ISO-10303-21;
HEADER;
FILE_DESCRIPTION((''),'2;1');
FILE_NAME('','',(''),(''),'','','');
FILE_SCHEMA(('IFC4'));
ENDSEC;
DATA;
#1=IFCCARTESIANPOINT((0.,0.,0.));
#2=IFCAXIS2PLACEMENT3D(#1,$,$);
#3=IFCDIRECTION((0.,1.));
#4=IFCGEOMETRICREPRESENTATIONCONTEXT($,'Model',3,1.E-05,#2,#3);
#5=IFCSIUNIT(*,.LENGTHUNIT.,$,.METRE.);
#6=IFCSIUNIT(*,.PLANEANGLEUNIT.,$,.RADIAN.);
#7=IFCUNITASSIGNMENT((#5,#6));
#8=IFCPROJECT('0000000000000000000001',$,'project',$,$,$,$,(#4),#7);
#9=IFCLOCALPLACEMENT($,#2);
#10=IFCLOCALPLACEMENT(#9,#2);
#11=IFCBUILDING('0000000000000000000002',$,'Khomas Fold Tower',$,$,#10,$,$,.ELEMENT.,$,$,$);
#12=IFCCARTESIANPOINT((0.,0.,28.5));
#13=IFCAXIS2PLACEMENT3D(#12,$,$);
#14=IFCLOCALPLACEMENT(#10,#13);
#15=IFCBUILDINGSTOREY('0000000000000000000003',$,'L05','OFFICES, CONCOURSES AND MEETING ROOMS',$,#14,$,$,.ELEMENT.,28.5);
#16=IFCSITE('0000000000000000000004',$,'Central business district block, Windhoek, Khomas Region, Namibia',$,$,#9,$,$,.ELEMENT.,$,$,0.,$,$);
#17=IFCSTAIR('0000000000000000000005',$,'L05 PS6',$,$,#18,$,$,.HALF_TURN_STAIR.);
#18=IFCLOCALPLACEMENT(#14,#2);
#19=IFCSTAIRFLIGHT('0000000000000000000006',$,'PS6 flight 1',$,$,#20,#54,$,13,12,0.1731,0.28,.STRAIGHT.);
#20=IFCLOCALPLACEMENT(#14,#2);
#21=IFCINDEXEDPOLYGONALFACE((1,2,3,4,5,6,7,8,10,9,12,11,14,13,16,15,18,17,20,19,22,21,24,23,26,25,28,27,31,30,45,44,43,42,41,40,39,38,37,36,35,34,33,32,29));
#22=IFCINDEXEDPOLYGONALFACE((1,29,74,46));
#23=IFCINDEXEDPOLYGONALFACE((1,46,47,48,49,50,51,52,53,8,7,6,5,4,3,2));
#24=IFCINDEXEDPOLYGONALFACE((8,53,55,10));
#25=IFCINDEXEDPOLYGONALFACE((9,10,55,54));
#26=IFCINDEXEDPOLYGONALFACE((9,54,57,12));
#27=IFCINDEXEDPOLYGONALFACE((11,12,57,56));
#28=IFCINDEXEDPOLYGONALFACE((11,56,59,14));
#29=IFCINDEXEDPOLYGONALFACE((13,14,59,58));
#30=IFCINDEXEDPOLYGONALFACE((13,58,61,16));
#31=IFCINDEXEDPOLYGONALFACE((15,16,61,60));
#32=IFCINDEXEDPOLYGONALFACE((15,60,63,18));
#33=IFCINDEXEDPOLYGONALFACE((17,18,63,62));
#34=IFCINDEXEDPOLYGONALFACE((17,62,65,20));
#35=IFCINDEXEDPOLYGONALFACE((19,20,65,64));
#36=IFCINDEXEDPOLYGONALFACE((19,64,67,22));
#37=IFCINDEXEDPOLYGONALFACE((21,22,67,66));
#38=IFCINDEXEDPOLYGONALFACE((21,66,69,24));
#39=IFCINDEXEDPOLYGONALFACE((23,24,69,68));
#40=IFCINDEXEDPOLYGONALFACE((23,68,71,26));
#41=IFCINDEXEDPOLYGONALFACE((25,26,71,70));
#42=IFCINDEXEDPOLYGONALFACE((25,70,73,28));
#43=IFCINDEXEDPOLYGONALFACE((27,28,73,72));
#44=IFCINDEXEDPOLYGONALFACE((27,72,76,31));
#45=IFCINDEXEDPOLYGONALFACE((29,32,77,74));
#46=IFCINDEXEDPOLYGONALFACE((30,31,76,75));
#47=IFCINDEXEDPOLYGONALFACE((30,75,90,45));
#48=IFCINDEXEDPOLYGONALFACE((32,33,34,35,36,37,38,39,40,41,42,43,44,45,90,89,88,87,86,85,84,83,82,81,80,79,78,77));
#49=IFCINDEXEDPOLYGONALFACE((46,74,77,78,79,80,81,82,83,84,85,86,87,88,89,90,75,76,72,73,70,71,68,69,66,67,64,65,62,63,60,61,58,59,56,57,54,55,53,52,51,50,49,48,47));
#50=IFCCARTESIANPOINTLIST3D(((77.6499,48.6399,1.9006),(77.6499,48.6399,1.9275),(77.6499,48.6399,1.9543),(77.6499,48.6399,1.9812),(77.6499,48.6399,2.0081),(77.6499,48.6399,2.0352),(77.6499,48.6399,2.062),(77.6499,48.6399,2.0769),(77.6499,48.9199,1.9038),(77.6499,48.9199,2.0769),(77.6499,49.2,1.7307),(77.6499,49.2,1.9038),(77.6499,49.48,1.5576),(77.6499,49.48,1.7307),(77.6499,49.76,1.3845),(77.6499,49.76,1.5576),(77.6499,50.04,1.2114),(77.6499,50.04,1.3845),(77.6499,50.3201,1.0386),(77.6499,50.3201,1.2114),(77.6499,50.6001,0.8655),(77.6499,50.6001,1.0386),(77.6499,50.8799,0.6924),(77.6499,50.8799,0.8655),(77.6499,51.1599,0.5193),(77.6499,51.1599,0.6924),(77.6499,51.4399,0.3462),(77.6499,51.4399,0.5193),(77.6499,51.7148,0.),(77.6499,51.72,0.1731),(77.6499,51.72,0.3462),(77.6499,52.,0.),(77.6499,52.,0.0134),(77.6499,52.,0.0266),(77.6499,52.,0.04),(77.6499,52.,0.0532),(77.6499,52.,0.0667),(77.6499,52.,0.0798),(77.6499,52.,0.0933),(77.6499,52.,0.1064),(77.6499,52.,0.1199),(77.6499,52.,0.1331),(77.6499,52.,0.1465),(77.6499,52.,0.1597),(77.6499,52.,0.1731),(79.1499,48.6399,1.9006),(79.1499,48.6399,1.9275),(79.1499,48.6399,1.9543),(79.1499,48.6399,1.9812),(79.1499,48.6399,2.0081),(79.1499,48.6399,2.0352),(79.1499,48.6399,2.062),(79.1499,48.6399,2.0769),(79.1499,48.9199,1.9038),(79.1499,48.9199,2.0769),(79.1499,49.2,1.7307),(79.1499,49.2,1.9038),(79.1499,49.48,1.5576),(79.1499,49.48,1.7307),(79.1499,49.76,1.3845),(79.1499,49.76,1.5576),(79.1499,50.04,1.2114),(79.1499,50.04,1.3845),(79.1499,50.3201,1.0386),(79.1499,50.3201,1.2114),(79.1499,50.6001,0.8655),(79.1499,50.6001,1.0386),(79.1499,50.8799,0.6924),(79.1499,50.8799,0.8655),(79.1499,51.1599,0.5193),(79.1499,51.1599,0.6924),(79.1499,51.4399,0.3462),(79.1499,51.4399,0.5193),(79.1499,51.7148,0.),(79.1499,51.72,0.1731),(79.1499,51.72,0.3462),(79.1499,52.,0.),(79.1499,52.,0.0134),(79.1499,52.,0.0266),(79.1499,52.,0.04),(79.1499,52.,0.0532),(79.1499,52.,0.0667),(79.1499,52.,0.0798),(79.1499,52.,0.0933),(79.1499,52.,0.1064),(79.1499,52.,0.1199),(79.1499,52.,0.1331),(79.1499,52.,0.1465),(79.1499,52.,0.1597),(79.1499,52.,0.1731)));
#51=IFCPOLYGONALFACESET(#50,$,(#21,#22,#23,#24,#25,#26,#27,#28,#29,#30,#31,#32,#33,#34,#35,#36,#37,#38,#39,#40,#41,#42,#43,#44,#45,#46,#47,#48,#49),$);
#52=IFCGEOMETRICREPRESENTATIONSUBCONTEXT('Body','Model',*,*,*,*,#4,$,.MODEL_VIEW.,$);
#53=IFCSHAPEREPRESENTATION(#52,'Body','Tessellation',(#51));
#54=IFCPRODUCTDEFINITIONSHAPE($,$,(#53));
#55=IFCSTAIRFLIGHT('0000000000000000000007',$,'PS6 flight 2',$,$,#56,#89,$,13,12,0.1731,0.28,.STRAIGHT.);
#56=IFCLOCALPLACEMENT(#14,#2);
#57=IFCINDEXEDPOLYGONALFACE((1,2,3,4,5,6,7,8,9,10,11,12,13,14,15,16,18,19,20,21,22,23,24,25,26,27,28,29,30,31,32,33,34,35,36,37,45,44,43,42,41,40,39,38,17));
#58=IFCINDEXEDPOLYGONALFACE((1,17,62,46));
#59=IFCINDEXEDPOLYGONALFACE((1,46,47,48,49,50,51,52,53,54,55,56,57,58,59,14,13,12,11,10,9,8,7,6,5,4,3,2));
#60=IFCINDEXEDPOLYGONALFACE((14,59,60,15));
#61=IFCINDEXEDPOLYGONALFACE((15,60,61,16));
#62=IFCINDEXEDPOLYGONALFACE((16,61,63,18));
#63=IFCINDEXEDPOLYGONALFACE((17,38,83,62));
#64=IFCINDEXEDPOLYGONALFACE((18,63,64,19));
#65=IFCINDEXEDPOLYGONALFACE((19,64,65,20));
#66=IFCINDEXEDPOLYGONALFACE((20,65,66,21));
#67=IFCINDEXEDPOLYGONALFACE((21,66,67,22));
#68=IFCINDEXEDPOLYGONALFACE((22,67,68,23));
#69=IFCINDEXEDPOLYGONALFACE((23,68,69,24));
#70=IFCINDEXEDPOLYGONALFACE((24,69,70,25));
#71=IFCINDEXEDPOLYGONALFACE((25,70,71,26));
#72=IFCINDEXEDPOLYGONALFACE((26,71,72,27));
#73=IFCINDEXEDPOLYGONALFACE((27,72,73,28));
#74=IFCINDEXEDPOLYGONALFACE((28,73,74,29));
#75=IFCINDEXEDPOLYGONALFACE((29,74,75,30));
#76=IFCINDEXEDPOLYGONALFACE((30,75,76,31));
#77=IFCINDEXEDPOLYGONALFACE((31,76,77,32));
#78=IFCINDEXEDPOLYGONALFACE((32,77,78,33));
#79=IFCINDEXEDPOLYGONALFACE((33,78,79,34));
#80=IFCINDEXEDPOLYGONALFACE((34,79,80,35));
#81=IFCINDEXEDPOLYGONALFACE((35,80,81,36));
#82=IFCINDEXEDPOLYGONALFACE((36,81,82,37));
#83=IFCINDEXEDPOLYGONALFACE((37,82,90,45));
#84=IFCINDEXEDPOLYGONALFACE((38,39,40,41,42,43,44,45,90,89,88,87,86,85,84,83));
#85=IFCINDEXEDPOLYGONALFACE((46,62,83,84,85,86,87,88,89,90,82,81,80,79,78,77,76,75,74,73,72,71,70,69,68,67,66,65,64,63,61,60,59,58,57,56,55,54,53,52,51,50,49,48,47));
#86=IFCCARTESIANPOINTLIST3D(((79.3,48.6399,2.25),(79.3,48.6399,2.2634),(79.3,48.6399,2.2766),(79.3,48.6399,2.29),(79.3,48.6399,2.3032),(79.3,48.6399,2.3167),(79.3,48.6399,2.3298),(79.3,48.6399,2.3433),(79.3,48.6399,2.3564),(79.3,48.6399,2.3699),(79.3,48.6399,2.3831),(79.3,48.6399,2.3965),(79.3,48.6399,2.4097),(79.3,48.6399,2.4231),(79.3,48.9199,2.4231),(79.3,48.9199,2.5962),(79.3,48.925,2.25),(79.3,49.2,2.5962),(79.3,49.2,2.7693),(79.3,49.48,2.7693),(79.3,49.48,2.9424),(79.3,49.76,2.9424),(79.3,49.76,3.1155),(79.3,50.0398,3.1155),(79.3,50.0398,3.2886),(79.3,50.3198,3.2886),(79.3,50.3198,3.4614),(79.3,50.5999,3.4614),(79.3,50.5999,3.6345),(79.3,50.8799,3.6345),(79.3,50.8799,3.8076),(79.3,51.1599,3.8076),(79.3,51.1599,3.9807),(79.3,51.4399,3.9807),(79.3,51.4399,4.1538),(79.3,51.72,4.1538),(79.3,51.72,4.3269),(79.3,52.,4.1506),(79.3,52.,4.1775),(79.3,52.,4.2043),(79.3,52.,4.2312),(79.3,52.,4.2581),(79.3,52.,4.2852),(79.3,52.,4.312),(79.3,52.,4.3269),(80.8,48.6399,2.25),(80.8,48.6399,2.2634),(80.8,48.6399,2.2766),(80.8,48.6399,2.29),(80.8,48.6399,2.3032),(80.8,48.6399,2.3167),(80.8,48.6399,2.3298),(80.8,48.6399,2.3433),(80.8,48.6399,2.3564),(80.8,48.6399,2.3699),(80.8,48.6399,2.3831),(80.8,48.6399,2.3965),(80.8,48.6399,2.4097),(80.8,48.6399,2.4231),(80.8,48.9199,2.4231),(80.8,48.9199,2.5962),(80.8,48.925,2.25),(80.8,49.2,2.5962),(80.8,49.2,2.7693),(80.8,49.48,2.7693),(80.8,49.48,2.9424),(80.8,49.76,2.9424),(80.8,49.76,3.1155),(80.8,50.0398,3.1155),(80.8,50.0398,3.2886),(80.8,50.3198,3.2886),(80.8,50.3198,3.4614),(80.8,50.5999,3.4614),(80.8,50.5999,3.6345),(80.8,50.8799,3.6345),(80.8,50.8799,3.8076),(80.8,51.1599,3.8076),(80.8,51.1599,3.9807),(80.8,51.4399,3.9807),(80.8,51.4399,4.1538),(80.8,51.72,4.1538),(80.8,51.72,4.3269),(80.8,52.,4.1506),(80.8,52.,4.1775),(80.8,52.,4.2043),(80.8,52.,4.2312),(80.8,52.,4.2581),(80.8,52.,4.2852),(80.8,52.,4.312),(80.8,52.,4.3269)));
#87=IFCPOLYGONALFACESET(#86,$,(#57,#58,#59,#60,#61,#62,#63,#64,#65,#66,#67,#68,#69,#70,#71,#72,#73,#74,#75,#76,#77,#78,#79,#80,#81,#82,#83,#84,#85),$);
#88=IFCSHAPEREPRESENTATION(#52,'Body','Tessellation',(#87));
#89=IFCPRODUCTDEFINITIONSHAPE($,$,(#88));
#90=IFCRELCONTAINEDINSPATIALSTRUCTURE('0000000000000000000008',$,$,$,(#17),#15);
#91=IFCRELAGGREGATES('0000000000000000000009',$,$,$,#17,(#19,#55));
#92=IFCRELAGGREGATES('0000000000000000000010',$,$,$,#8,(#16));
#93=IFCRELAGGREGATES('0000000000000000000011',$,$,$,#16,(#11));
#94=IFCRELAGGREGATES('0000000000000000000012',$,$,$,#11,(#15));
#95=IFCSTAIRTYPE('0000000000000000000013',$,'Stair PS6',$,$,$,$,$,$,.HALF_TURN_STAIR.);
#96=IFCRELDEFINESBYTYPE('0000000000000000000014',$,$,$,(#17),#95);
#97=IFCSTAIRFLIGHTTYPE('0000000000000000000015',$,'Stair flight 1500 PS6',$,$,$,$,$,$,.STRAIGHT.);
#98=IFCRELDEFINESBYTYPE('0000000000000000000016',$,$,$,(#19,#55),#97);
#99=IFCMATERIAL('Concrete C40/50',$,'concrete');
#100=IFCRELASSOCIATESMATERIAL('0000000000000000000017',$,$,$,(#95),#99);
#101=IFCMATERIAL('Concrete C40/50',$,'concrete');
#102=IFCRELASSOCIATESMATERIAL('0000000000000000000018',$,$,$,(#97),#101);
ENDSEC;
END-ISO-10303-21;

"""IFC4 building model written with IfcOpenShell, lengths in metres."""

from ifc_helpers import new_model, si_unit, direction, frame, origin, place, context, subcontext, project, spatial, polyline, outline, extrude, source, transform, mapped, material, type_object, element, aggregate, save


model = new_model("IFC4")

# Units and contexts
model_context = context("Model", 3, precision=1e-05, world=origin(), true_north=direction((0.0, 1.0)))
body_context = subcontext(model_context, "Body", "Model", "MODEL_VIEW")
ifc_project = project(units=[si_unit("LENGTHUNIT", "METRE"), si_unit("PLANEANGLEUNIT", "RADIAN")], contexts=[model_context])

# Site, building, storey
site_placement = place(None, origin())
site = spatial("IfcSite", under=ifc_project, at=site_placement, Name="Central business district block, Windhoek, Khomas Region, Namibia", CompositionType="ELEMENT", RefElevation=0.0)
building_placement = place(site_placement, origin())
building = spatial("IfcBuilding", under=site, at=building_placement, Name="Khomas Fold Tower", CompositionType="ELEMENT")
storey_placement = place(building_placement, frame((0.0, 0.0, 28.5)))
storey = spatial("IfcBuildingStorey", under=building, at=storey_placement, Name="L05", Description="OFFICES, CONCOURSES AND MEETING ROOMS", CompositionType="ELEMENT", Elevation=28.5)

# Shared definitions
shared_shape_1 = source(origin(), body_context, "Body", "SweptSolid", [
    extrude(outline(polyline([(0.0, 0.0), (0.0, 0.0134), (0.0, 0.0266), (0.0, 0.04), (0.0, 0.0532), (0.0, 0.0667), (0.0, 0.0798), (0.0, 0.0933), (0.0, 0.1064), (0.0, 0.1199), (0.0, 0.1331), (0.0, 0.1465), (0.0, 0.1597), (0.0, 0.1731), (0.28, 0.1731), (0.28, 0.3462), (0.5601, 0.3462), (0.5601, 0.5193), (0.8401, 0.5193), (0.8401, 0.6924), (1.1201, 0.6924), (1.1201, 0.8655), (1.3999, 0.8655), (1.3999, 1.0386), (1.6799, 1.0386), (1.6799, 1.2114), (1.96, 1.2114), (1.96, 1.3845), (2.24, 1.3845), (2.24, 1.5576), (2.52, 1.5576), (2.52, 1.7307), (2.8, 1.7307), (2.8, 1.9038), (3.0801, 1.9038), (3.0801, 2.0769), (3.3601, 2.0769), (3.3601, 2.25), (3.3601, 2.2231), (3.3601, 2.1963), (3.3601, 2.1694), (3.3601, 2.1426), (3.3601, 2.1157), (3.3601, 2.0889), (3.3601, 2.062), (3.3601, 2.0352), (3.3601, 2.0081), (3.3601, 1.9812), (3.3601, 1.9543), (3.3601, 1.9275), (3.3601, 1.9006), (0.2852, 0.0), (0.0, 0.0)])), frame((0.0, 0.75, 0.0), z_axis=(0.0, -1.0, 0.0), x_axis=(1.0, 0.0, 0.0)), (0.0, 0.0, 1.0), 1.5),
])

# Stair, stair flights
ifc_material_1 = material(Name="Concrete C40/50", Category="concrete")
stair_type_1 = type_object("IfcStairType", Name="Stair PS6", PredefinedType="HALF_TURN_STAIR", material=ifc_material_1)
stair_1_placement = place(storey_placement, origin())
stair_1 = element("IfcStair", 1, at=stair_1_placement, inside=storey, type_object=stair_type_1, Name="L05 PS6", PredefinedType="HALF_TURN_STAIR")
ifc_material_2 = material(Name="Concrete C40/50", Category="concrete")
stair_flight_type_1 = type_object("IfcStairFlightType", Name="Stair flight 1500 PS6", PredefinedType="STRAIGHT", material=ifc_material_2)
stair_flight_1_placement = place(storey_placement, frame((78.3999, 52.0, 0.0), z_axis=(0.0, 0.0, 1.0), x_axis=(0.0, -1.0, 0.0)))
stair_flight_1 = element("IfcStairFlight", 2, at=stair_flight_1_placement, type_object=stair_flight_type_1, Name="PS6 flight 1", NumberOfRisers=13, NumberOfTreads=12, PredefinedType="STRAIGHT", RiserHeight=0.1731, TreadLength=0.28, context=body_context, shape_type="MappedRepresentation", body=[
    mapped(shared_shape_1, transform((0.0, 0.0, 0.0))),
])
stair_flight_2_placement = place(storey_placement, frame((80.05, 48.6399, 2.25), z_axis=(0.0, 0.0, 1.0), x_axis=(0.0, 1.0, 0.0)))
stair_flight_2 = element("IfcStairFlight", 3, at=stair_flight_2_placement, type_object=stair_flight_type_1, Name="PS6 flight 2", NumberOfRisers=13, NumberOfTreads=12, PredefinedType="STRAIGHT", RiserHeight=0.1731, TreadLength=0.28, context=body_context, shape_type="MappedRepresentation", body=[
    mapped(shared_shape_1, transform((0.0, 0.0, 0.0))),
])
aggregate(stair_1, [stair_flight_1, stair_flight_2])

save(model, "model.ifc")
